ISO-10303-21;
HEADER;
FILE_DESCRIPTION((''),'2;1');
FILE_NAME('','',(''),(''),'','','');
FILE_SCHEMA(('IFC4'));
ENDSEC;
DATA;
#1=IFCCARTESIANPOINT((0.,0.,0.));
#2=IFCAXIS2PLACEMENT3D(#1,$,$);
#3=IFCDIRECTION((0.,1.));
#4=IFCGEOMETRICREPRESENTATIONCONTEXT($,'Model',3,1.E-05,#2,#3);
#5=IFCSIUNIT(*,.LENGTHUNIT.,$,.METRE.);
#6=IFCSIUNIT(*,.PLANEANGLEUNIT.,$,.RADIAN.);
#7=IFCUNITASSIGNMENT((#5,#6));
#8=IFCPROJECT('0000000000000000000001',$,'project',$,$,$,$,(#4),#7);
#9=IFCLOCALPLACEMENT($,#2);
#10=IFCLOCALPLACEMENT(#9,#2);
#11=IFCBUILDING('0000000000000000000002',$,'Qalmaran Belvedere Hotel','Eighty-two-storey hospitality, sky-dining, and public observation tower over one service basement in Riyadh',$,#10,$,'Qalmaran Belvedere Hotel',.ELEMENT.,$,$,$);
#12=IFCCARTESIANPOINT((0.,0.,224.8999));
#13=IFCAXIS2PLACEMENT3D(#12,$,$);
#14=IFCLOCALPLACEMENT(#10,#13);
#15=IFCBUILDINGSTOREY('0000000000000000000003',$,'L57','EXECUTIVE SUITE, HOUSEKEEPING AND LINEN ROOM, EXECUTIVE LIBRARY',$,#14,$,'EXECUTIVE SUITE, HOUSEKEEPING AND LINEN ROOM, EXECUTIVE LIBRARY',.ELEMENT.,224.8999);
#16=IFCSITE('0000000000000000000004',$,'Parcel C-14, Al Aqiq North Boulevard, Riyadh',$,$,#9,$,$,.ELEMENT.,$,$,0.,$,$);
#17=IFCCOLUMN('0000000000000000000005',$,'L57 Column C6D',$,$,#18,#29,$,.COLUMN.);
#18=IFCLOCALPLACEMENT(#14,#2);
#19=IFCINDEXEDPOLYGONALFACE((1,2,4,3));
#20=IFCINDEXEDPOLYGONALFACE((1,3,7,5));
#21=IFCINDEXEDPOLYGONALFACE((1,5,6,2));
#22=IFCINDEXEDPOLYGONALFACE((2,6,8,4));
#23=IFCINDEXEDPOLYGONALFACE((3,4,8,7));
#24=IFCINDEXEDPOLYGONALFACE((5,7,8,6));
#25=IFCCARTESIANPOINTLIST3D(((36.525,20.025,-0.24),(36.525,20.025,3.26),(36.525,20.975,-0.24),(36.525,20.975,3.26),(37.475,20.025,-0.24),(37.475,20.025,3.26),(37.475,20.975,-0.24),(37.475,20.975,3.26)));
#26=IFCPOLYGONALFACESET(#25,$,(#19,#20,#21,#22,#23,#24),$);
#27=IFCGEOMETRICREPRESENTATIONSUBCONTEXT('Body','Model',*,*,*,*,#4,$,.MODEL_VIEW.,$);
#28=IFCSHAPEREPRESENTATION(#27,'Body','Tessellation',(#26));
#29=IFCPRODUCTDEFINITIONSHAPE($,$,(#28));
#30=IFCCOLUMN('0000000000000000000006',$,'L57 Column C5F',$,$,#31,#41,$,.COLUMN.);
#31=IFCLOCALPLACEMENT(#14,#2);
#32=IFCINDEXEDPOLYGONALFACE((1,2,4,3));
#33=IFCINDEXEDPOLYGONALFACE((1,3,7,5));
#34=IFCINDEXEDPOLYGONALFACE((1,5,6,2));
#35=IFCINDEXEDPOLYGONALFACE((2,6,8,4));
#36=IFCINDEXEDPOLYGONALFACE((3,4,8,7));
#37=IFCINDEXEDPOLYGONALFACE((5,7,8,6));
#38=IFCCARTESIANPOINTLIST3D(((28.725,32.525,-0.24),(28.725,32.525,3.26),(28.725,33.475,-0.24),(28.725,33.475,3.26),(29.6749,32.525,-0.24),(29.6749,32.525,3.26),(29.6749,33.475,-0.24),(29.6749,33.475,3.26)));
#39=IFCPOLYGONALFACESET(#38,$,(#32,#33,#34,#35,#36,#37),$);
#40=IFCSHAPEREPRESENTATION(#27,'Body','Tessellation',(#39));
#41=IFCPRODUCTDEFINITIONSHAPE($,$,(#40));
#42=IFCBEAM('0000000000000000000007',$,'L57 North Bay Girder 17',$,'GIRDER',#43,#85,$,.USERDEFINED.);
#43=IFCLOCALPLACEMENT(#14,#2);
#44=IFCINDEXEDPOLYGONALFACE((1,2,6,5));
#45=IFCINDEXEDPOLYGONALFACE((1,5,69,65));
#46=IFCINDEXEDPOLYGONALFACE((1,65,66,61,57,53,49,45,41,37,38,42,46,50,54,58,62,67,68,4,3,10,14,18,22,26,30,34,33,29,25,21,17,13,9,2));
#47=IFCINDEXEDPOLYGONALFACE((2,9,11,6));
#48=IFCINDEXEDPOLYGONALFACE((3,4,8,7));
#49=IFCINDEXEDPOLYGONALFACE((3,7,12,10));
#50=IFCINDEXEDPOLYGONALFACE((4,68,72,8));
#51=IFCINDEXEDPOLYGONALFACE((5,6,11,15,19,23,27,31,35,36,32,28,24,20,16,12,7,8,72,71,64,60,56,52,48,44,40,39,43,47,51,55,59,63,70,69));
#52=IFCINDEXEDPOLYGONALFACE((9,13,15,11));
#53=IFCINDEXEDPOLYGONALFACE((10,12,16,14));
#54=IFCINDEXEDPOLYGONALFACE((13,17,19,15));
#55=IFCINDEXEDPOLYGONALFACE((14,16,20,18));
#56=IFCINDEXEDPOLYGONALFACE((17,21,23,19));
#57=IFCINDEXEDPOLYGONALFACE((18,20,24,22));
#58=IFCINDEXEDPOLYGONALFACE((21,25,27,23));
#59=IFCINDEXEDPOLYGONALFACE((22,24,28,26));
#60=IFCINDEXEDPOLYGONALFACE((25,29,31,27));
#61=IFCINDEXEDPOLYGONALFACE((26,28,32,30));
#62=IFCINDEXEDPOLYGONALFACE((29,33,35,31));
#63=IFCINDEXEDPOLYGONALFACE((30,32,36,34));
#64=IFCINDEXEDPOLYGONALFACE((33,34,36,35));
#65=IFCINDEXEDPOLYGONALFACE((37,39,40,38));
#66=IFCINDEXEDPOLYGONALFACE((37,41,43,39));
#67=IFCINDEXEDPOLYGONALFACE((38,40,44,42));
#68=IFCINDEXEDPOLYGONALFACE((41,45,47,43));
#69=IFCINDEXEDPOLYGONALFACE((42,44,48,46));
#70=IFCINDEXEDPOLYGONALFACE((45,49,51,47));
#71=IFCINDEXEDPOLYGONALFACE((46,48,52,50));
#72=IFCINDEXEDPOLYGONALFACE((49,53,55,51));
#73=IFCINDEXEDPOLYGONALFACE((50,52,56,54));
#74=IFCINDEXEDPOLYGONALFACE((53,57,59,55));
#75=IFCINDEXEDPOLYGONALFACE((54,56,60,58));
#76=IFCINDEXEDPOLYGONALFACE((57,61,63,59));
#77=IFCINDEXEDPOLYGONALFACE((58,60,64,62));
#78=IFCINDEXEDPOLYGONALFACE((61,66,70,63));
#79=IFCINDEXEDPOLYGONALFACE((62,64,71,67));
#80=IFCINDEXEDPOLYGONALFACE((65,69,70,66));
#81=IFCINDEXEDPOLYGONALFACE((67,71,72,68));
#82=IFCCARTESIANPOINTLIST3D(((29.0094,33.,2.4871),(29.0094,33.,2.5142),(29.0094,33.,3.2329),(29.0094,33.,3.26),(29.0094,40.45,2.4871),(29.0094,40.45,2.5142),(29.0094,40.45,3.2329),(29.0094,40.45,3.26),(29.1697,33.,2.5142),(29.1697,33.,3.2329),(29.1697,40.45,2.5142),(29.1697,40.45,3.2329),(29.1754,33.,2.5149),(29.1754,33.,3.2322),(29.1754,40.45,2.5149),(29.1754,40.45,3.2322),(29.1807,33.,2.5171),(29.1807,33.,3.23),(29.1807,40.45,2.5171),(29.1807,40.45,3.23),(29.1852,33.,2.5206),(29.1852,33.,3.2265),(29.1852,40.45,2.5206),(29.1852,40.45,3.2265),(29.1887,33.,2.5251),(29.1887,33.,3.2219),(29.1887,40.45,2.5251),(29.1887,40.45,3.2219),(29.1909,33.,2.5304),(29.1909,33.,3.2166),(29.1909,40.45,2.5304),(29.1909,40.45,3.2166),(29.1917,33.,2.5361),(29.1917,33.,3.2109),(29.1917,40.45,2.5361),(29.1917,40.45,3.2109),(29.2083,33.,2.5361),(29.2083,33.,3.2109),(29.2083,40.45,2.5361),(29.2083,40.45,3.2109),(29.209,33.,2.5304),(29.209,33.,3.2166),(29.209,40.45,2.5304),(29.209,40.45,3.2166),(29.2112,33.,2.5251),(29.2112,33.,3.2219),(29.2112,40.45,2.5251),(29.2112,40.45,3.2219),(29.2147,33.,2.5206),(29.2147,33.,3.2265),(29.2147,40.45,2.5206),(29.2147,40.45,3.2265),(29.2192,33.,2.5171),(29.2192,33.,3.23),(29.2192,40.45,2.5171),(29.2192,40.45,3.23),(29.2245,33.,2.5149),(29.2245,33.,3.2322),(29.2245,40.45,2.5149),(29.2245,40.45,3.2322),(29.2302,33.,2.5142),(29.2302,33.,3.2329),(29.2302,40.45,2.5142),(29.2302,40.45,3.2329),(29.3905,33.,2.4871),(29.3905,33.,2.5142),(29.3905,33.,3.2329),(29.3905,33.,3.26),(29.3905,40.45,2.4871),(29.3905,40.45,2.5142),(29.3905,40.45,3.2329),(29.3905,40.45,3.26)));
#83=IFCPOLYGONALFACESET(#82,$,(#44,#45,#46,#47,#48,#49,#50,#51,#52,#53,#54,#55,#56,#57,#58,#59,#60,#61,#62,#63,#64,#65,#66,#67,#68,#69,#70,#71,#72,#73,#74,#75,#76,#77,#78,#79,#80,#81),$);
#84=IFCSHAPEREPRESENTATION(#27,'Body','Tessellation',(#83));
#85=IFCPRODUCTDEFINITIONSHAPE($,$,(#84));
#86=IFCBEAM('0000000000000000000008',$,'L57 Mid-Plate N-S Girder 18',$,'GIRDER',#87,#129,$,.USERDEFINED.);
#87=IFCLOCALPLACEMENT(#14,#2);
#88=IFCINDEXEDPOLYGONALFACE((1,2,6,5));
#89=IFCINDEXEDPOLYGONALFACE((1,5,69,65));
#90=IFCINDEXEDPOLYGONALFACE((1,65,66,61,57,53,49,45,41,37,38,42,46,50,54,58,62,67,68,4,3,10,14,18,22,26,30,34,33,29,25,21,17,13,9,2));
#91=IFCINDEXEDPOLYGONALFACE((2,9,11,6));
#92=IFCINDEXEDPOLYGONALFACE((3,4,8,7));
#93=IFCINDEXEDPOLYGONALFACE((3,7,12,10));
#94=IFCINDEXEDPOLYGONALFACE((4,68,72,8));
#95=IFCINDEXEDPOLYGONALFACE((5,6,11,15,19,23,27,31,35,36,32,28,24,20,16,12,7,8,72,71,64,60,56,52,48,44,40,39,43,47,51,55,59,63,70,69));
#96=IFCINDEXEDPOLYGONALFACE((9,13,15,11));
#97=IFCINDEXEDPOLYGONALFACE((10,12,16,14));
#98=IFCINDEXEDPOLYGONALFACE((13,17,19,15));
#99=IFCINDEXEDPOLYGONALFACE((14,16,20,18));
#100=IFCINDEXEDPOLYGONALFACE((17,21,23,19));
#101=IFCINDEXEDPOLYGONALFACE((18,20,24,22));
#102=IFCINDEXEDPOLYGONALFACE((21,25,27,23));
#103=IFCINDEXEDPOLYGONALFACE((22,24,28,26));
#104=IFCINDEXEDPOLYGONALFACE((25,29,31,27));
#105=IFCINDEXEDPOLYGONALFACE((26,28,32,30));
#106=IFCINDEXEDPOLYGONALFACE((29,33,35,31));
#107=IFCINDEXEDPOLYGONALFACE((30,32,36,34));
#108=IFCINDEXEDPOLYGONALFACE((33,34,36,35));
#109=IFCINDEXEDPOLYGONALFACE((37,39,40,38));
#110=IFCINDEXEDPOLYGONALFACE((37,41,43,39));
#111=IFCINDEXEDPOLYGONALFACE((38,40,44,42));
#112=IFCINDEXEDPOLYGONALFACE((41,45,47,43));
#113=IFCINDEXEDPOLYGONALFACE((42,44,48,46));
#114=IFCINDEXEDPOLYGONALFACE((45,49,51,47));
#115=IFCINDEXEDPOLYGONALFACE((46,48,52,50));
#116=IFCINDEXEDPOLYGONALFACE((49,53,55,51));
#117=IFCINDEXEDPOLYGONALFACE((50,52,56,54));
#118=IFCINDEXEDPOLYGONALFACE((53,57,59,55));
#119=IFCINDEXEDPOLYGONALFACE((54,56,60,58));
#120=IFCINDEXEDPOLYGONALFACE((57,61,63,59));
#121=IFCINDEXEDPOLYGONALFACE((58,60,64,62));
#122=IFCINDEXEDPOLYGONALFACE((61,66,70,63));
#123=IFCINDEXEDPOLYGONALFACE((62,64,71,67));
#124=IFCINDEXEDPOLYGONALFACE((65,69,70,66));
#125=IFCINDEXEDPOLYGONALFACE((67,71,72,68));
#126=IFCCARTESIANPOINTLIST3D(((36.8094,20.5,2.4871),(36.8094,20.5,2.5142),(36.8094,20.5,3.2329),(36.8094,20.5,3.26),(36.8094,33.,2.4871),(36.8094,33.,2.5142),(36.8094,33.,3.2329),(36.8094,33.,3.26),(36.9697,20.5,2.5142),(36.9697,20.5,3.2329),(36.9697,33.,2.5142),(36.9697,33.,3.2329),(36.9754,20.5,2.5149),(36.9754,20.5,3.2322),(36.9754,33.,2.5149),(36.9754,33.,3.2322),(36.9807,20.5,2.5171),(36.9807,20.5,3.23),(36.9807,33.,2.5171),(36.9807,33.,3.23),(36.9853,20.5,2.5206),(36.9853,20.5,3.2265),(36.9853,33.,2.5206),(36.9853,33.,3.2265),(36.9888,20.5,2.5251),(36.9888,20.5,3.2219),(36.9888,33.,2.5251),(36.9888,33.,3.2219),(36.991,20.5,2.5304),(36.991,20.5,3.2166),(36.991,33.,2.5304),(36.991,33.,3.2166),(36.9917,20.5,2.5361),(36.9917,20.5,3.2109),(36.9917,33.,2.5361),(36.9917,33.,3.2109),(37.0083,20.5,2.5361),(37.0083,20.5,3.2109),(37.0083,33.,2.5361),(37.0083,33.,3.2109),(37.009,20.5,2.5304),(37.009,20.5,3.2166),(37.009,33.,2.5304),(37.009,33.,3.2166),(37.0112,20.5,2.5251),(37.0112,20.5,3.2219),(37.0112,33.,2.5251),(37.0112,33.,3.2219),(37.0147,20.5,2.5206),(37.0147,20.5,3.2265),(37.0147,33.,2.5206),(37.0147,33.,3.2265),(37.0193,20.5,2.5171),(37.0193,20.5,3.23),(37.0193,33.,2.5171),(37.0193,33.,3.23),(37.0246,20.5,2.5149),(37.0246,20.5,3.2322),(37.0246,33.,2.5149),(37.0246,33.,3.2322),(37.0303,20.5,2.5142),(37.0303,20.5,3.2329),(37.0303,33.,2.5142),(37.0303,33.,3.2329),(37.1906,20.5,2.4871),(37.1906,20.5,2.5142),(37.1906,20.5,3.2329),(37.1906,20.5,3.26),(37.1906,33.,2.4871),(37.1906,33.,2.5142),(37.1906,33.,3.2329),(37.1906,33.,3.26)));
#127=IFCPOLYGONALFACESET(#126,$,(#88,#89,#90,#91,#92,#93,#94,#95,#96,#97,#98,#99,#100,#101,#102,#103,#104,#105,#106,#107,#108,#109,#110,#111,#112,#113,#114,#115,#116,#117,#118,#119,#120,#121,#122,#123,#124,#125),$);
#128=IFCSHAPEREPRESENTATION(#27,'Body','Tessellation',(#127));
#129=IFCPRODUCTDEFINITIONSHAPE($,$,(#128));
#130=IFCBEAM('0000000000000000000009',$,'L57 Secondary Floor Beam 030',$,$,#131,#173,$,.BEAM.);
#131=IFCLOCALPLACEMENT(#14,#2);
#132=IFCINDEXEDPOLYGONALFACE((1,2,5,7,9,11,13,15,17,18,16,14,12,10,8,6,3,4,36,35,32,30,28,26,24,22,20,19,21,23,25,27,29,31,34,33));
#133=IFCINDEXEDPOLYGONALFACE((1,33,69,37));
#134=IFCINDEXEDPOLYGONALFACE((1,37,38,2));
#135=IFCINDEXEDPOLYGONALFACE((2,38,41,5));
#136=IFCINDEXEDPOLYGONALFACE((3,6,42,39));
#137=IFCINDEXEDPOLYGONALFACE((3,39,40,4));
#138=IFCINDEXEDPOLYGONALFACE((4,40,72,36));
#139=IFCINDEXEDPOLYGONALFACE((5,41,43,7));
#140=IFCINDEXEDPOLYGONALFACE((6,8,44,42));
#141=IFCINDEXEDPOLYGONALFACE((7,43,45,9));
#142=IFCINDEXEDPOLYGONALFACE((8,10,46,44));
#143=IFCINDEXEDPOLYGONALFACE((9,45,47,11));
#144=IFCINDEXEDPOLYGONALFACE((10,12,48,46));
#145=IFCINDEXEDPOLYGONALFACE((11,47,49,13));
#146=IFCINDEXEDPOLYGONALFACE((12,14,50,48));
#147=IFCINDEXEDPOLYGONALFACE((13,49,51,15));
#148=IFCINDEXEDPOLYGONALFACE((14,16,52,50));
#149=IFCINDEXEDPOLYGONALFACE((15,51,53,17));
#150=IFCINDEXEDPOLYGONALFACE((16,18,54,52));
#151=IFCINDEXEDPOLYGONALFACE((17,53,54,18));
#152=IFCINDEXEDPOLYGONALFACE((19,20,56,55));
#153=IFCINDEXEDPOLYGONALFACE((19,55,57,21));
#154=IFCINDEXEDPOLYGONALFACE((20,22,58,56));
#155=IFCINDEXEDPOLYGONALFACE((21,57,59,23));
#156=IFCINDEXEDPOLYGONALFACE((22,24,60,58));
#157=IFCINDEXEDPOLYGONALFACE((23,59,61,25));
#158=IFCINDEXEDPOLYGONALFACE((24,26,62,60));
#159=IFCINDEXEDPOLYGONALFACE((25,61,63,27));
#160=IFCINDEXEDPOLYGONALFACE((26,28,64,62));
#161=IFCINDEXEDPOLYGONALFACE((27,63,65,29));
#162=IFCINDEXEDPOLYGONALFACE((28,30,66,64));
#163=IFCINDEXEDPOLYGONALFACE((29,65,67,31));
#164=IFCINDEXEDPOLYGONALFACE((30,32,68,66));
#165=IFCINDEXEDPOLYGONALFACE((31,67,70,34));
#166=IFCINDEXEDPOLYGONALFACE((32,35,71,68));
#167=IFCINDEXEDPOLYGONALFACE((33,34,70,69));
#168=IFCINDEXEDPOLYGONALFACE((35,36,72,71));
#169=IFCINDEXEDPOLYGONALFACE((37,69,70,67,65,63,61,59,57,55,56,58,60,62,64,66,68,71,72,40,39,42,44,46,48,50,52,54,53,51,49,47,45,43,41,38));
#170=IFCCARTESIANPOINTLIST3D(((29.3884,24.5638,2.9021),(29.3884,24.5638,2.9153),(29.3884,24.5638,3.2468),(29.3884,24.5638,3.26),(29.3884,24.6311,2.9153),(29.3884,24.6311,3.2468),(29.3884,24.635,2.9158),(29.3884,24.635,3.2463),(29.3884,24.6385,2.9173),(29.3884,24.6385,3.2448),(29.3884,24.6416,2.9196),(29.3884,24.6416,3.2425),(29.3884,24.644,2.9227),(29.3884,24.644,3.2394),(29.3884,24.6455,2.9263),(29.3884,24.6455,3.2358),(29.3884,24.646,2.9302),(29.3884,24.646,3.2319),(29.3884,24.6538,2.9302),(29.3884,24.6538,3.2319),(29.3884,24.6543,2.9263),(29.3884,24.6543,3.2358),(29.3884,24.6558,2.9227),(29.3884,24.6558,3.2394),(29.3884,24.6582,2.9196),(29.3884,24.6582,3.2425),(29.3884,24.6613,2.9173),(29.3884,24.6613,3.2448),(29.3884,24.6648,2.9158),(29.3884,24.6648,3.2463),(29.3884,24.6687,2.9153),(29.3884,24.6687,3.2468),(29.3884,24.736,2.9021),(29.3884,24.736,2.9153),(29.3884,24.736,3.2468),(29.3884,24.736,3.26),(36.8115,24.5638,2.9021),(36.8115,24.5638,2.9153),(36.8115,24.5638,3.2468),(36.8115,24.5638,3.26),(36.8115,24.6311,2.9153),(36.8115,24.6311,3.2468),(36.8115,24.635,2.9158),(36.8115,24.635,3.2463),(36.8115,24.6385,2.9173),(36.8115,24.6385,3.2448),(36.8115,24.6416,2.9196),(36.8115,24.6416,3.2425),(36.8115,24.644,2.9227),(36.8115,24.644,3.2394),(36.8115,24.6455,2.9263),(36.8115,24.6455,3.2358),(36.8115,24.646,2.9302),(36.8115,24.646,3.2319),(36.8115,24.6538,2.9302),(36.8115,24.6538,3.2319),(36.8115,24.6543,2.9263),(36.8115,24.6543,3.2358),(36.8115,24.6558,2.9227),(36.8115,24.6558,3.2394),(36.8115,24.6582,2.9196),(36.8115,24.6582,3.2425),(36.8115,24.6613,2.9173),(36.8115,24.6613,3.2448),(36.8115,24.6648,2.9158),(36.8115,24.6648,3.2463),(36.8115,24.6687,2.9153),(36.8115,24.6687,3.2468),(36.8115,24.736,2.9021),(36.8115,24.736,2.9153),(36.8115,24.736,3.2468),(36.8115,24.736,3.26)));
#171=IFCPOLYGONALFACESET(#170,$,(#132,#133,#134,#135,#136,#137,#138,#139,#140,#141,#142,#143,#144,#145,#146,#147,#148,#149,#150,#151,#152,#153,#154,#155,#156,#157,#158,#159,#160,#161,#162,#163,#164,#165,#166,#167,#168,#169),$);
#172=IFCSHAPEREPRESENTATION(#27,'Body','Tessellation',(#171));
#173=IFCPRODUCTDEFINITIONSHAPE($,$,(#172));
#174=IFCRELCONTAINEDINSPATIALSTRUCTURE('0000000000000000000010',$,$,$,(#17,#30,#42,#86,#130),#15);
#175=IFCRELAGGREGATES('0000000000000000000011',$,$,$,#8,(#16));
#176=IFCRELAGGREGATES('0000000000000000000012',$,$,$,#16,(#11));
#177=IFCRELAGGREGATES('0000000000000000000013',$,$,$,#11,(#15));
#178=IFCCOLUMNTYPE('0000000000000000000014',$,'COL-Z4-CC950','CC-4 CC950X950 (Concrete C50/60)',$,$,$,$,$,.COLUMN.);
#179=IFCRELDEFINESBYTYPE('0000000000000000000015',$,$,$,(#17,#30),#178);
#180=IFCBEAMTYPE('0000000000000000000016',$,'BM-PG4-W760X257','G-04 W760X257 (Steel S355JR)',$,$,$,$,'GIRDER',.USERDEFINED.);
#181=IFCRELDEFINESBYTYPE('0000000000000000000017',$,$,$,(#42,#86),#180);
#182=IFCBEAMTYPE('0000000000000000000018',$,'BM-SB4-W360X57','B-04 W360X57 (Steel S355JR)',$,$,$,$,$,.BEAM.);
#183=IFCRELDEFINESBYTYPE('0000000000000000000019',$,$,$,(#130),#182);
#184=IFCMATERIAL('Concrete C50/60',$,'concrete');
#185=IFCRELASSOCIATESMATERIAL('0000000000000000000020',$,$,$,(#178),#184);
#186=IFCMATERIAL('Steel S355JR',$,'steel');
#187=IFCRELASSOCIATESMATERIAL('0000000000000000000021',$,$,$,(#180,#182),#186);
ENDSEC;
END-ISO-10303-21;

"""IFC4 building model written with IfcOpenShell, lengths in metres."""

from ifc_helpers import new_model, si_unit, direction, frame, origin, origin_2d, place, context, subcontext, project, spatial, rectangle, i_section, extrude, material, material_profile, profile_set, type_object, element, save


model = new_model("IFC4")

# Units and contexts
model_context = context("Model", 3, precision=1e-05, world=origin(), true_north=direction((0.0, 1.0)))
body_context = subcontext(model_context, "Body", "Model", "MODEL_VIEW")
ifc_project = project(units=[si_unit("LENGTHUNIT", "METRE"), si_unit("PLANEANGLEUNIT", "RADIAN")], contexts=[model_context])

# Site, building, storey
site_placement = place(None, origin())
site = spatial("IfcSite", under=ifc_project, at=site_placement, Name="Parcel C-14, Al Aqiq North Boulevard, Riyadh", CompositionType="ELEMENT", RefElevation=0.0)
building_placement = place(site_placement, origin())
building = spatial("IfcBuilding", under=site, at=building_placement, Name="Qalmaran Belvedere Hotel", Description="Eighty-two-storey hospitality, sky-dining, and public observation tower over one service basement in Riyadh", LongName="Qalmaran Belvedere Hotel", CompositionType="ELEMENT")
storey_placement = place(building_placement, frame((0.0, 0.0, 224.8999)))
storey = spatial("IfcBuildingStorey", under=building, at=storey_placement, Name="L57", Description="EXECUTIVE SUITE, HOUSEKEEPING AND LINEN ROOM, EXECUTIVE LIBRARY", LongName="EXECUTIVE SUITE, HOUSEKEEPING AND LINEN ROOM, EXECUTIVE LIBRARY", CompositionType="ELEMENT", Elevation=224.8999)

# Columns
ifc_material_1 = material(Name="Concrete C50/60", Category="concrete")
ifc_material_profile_1 = material_profile(ifc_material_1, rectangle(XDim=0.95, YDim=0.95, at=origin_2d()), Name="CC950X950")
ifc_profile_set_1 = profile_set([ifc_material_profile_1], Name="Concrete C50/60")
column_type = type_object("IfcColumnType", Name="COL-Z4-CC950", Description="CC-4 CC950X950 (Concrete C50/60)", PredefinedType="COLUMN", material=ifc_profile_set_1)
for number, where, z_axis, x_axis, name in (
    (1, (37.0, 20.5, -0.24), (0.0, 0.0, 1.0), (1.0, 0.0, 0.0), "L57 Column C6D"),
    (2, (29.2, 33.0, -0.24), (0.0, 0.0, 1.0), (1.0, 0.0, 0.0), "L57 Column C5F"),
):
    element("IfcColumn", number, at=place(storey_placement, frame(where, z_axis=z_axis, x_axis=x_axis)), inside=storey, type_object=column_type, Name=name, PredefinedType="COLUMN", context=body_context, shape_type="SweptSolid", body=[
        extrude(rectangle(XDim=0.95, YDim=0.95, at=origin_2d()), origin(), (0.0, 0.0, 1.0), 3.5),
    ])

# Beams
ifc_material_2 = material(Name="Steel S355JR", Category="steel")
ifc_material_profile_2 = material_profile(ifc_material_2, i_section(OverallWidth=0.3811, OverallDepth=0.7729, WebThickness=0.0166, FlangeThickness=0.0271, FilletRadius=0.022, at=origin_2d()), Name="W760X257")
ifc_profile_set_2 = profile_set([ifc_material_profile_2], Name="Steel S355JR")
beam_type_1 = type_object("IfcBeamType", Name="BM-PG4-W760X257", Description="G-04 W760X257 (Steel S355JR)", ElementType="GIRDER", PredefinedType="USERDEFINED", material=ifc_profile_set_2)
beam_1_placement = place(storey_placement, frame((29.2, 33.0, 2.8735), z_axis=(0.0, 1.0, 0.0), x_axis=(-1.0, 0.0, 0.0)))
element("IfcBeam", 3, at=beam_1_placement, inside=storey, type_object=beam_type_1, Name="L57 North Bay Girder 17", ObjectType="GIRDER", PredefinedType="USERDEFINED", context=body_context, shape_type="SweptSolid", body=[
    extrude(i_section(OverallWidth=0.3811, OverallDepth=0.7729, WebThickness=0.0166, FlangeThickness=0.0271, FilletRadius=0.022, at=origin_2d()), origin(), (0.0, 0.0, 1.0), 7.45),
])
beam_2_placement = place(storey_placement, frame((37.0, 20.5, 2.8735), z_axis=(0.0, 1.0, 0.0), x_axis=(-1.0, 0.0, 0.0)))
element("IfcBeam", 4, at=beam_2_placement, inside=storey, type_object=beam_type_1, Name="L57 Mid-Plate N-S Girder 18", ObjectType="GIRDER", PredefinedType="USERDEFINED", context=body_context, shape_type="SweptSolid", body=[
    extrude(i_section(OverallWidth=0.3811, OverallDepth=0.7729, WebThickness=0.0166, FlangeThickness=0.0271, FilletRadius=0.022, at=origin_2d()), origin(), (0.0, 0.0, 1.0), 12.5),
])
ifc_material_profile_3 = material_profile(ifc_material_2, i_section(OverallWidth=0.1721, OverallDepth=0.3579, WebThickness=0.0078, FlangeThickness=0.0132, FilletRadius=0.0149, at=origin_2d()), Name="W360X57")
ifc_profile_set_3 = profile_set([ifc_material_profile_3], Name="Steel S355JR")
beam_type_2 = type_object("IfcBeamType", Name="BM-SB4-W360X57", Description="B-04 W360X57 (Steel S355JR)", PredefinedType="BEAM", material=ifc_profile_set_3)
for number, where, z_axis, x_axis, name in (
    (5, (29.3884, 24.6499, 3.0811), (1.0, 0.0, 0.0), (0.0, 1.0, 0.0), "L57 Secondary Floor Beam 030"),
):
    element("IfcBeam", number, at=place(storey_placement, frame(where, z_axis=z_axis, x_axis=x_axis)), inside=storey, type_object=beam_type_2, Name=name, PredefinedType="BEAM", context=body_context, shape_type="SweptSolid", body=[
        extrude(i_section(OverallWidth=0.1721, OverallDepth=0.3579, WebThickness=0.0078, FlangeThickness=0.0132, FilletRadius=0.0149, at=origin_2d()), origin(), (0.0, 0.0, 1.0), 7.4231),
    ])

save(model, "model.ifc")
